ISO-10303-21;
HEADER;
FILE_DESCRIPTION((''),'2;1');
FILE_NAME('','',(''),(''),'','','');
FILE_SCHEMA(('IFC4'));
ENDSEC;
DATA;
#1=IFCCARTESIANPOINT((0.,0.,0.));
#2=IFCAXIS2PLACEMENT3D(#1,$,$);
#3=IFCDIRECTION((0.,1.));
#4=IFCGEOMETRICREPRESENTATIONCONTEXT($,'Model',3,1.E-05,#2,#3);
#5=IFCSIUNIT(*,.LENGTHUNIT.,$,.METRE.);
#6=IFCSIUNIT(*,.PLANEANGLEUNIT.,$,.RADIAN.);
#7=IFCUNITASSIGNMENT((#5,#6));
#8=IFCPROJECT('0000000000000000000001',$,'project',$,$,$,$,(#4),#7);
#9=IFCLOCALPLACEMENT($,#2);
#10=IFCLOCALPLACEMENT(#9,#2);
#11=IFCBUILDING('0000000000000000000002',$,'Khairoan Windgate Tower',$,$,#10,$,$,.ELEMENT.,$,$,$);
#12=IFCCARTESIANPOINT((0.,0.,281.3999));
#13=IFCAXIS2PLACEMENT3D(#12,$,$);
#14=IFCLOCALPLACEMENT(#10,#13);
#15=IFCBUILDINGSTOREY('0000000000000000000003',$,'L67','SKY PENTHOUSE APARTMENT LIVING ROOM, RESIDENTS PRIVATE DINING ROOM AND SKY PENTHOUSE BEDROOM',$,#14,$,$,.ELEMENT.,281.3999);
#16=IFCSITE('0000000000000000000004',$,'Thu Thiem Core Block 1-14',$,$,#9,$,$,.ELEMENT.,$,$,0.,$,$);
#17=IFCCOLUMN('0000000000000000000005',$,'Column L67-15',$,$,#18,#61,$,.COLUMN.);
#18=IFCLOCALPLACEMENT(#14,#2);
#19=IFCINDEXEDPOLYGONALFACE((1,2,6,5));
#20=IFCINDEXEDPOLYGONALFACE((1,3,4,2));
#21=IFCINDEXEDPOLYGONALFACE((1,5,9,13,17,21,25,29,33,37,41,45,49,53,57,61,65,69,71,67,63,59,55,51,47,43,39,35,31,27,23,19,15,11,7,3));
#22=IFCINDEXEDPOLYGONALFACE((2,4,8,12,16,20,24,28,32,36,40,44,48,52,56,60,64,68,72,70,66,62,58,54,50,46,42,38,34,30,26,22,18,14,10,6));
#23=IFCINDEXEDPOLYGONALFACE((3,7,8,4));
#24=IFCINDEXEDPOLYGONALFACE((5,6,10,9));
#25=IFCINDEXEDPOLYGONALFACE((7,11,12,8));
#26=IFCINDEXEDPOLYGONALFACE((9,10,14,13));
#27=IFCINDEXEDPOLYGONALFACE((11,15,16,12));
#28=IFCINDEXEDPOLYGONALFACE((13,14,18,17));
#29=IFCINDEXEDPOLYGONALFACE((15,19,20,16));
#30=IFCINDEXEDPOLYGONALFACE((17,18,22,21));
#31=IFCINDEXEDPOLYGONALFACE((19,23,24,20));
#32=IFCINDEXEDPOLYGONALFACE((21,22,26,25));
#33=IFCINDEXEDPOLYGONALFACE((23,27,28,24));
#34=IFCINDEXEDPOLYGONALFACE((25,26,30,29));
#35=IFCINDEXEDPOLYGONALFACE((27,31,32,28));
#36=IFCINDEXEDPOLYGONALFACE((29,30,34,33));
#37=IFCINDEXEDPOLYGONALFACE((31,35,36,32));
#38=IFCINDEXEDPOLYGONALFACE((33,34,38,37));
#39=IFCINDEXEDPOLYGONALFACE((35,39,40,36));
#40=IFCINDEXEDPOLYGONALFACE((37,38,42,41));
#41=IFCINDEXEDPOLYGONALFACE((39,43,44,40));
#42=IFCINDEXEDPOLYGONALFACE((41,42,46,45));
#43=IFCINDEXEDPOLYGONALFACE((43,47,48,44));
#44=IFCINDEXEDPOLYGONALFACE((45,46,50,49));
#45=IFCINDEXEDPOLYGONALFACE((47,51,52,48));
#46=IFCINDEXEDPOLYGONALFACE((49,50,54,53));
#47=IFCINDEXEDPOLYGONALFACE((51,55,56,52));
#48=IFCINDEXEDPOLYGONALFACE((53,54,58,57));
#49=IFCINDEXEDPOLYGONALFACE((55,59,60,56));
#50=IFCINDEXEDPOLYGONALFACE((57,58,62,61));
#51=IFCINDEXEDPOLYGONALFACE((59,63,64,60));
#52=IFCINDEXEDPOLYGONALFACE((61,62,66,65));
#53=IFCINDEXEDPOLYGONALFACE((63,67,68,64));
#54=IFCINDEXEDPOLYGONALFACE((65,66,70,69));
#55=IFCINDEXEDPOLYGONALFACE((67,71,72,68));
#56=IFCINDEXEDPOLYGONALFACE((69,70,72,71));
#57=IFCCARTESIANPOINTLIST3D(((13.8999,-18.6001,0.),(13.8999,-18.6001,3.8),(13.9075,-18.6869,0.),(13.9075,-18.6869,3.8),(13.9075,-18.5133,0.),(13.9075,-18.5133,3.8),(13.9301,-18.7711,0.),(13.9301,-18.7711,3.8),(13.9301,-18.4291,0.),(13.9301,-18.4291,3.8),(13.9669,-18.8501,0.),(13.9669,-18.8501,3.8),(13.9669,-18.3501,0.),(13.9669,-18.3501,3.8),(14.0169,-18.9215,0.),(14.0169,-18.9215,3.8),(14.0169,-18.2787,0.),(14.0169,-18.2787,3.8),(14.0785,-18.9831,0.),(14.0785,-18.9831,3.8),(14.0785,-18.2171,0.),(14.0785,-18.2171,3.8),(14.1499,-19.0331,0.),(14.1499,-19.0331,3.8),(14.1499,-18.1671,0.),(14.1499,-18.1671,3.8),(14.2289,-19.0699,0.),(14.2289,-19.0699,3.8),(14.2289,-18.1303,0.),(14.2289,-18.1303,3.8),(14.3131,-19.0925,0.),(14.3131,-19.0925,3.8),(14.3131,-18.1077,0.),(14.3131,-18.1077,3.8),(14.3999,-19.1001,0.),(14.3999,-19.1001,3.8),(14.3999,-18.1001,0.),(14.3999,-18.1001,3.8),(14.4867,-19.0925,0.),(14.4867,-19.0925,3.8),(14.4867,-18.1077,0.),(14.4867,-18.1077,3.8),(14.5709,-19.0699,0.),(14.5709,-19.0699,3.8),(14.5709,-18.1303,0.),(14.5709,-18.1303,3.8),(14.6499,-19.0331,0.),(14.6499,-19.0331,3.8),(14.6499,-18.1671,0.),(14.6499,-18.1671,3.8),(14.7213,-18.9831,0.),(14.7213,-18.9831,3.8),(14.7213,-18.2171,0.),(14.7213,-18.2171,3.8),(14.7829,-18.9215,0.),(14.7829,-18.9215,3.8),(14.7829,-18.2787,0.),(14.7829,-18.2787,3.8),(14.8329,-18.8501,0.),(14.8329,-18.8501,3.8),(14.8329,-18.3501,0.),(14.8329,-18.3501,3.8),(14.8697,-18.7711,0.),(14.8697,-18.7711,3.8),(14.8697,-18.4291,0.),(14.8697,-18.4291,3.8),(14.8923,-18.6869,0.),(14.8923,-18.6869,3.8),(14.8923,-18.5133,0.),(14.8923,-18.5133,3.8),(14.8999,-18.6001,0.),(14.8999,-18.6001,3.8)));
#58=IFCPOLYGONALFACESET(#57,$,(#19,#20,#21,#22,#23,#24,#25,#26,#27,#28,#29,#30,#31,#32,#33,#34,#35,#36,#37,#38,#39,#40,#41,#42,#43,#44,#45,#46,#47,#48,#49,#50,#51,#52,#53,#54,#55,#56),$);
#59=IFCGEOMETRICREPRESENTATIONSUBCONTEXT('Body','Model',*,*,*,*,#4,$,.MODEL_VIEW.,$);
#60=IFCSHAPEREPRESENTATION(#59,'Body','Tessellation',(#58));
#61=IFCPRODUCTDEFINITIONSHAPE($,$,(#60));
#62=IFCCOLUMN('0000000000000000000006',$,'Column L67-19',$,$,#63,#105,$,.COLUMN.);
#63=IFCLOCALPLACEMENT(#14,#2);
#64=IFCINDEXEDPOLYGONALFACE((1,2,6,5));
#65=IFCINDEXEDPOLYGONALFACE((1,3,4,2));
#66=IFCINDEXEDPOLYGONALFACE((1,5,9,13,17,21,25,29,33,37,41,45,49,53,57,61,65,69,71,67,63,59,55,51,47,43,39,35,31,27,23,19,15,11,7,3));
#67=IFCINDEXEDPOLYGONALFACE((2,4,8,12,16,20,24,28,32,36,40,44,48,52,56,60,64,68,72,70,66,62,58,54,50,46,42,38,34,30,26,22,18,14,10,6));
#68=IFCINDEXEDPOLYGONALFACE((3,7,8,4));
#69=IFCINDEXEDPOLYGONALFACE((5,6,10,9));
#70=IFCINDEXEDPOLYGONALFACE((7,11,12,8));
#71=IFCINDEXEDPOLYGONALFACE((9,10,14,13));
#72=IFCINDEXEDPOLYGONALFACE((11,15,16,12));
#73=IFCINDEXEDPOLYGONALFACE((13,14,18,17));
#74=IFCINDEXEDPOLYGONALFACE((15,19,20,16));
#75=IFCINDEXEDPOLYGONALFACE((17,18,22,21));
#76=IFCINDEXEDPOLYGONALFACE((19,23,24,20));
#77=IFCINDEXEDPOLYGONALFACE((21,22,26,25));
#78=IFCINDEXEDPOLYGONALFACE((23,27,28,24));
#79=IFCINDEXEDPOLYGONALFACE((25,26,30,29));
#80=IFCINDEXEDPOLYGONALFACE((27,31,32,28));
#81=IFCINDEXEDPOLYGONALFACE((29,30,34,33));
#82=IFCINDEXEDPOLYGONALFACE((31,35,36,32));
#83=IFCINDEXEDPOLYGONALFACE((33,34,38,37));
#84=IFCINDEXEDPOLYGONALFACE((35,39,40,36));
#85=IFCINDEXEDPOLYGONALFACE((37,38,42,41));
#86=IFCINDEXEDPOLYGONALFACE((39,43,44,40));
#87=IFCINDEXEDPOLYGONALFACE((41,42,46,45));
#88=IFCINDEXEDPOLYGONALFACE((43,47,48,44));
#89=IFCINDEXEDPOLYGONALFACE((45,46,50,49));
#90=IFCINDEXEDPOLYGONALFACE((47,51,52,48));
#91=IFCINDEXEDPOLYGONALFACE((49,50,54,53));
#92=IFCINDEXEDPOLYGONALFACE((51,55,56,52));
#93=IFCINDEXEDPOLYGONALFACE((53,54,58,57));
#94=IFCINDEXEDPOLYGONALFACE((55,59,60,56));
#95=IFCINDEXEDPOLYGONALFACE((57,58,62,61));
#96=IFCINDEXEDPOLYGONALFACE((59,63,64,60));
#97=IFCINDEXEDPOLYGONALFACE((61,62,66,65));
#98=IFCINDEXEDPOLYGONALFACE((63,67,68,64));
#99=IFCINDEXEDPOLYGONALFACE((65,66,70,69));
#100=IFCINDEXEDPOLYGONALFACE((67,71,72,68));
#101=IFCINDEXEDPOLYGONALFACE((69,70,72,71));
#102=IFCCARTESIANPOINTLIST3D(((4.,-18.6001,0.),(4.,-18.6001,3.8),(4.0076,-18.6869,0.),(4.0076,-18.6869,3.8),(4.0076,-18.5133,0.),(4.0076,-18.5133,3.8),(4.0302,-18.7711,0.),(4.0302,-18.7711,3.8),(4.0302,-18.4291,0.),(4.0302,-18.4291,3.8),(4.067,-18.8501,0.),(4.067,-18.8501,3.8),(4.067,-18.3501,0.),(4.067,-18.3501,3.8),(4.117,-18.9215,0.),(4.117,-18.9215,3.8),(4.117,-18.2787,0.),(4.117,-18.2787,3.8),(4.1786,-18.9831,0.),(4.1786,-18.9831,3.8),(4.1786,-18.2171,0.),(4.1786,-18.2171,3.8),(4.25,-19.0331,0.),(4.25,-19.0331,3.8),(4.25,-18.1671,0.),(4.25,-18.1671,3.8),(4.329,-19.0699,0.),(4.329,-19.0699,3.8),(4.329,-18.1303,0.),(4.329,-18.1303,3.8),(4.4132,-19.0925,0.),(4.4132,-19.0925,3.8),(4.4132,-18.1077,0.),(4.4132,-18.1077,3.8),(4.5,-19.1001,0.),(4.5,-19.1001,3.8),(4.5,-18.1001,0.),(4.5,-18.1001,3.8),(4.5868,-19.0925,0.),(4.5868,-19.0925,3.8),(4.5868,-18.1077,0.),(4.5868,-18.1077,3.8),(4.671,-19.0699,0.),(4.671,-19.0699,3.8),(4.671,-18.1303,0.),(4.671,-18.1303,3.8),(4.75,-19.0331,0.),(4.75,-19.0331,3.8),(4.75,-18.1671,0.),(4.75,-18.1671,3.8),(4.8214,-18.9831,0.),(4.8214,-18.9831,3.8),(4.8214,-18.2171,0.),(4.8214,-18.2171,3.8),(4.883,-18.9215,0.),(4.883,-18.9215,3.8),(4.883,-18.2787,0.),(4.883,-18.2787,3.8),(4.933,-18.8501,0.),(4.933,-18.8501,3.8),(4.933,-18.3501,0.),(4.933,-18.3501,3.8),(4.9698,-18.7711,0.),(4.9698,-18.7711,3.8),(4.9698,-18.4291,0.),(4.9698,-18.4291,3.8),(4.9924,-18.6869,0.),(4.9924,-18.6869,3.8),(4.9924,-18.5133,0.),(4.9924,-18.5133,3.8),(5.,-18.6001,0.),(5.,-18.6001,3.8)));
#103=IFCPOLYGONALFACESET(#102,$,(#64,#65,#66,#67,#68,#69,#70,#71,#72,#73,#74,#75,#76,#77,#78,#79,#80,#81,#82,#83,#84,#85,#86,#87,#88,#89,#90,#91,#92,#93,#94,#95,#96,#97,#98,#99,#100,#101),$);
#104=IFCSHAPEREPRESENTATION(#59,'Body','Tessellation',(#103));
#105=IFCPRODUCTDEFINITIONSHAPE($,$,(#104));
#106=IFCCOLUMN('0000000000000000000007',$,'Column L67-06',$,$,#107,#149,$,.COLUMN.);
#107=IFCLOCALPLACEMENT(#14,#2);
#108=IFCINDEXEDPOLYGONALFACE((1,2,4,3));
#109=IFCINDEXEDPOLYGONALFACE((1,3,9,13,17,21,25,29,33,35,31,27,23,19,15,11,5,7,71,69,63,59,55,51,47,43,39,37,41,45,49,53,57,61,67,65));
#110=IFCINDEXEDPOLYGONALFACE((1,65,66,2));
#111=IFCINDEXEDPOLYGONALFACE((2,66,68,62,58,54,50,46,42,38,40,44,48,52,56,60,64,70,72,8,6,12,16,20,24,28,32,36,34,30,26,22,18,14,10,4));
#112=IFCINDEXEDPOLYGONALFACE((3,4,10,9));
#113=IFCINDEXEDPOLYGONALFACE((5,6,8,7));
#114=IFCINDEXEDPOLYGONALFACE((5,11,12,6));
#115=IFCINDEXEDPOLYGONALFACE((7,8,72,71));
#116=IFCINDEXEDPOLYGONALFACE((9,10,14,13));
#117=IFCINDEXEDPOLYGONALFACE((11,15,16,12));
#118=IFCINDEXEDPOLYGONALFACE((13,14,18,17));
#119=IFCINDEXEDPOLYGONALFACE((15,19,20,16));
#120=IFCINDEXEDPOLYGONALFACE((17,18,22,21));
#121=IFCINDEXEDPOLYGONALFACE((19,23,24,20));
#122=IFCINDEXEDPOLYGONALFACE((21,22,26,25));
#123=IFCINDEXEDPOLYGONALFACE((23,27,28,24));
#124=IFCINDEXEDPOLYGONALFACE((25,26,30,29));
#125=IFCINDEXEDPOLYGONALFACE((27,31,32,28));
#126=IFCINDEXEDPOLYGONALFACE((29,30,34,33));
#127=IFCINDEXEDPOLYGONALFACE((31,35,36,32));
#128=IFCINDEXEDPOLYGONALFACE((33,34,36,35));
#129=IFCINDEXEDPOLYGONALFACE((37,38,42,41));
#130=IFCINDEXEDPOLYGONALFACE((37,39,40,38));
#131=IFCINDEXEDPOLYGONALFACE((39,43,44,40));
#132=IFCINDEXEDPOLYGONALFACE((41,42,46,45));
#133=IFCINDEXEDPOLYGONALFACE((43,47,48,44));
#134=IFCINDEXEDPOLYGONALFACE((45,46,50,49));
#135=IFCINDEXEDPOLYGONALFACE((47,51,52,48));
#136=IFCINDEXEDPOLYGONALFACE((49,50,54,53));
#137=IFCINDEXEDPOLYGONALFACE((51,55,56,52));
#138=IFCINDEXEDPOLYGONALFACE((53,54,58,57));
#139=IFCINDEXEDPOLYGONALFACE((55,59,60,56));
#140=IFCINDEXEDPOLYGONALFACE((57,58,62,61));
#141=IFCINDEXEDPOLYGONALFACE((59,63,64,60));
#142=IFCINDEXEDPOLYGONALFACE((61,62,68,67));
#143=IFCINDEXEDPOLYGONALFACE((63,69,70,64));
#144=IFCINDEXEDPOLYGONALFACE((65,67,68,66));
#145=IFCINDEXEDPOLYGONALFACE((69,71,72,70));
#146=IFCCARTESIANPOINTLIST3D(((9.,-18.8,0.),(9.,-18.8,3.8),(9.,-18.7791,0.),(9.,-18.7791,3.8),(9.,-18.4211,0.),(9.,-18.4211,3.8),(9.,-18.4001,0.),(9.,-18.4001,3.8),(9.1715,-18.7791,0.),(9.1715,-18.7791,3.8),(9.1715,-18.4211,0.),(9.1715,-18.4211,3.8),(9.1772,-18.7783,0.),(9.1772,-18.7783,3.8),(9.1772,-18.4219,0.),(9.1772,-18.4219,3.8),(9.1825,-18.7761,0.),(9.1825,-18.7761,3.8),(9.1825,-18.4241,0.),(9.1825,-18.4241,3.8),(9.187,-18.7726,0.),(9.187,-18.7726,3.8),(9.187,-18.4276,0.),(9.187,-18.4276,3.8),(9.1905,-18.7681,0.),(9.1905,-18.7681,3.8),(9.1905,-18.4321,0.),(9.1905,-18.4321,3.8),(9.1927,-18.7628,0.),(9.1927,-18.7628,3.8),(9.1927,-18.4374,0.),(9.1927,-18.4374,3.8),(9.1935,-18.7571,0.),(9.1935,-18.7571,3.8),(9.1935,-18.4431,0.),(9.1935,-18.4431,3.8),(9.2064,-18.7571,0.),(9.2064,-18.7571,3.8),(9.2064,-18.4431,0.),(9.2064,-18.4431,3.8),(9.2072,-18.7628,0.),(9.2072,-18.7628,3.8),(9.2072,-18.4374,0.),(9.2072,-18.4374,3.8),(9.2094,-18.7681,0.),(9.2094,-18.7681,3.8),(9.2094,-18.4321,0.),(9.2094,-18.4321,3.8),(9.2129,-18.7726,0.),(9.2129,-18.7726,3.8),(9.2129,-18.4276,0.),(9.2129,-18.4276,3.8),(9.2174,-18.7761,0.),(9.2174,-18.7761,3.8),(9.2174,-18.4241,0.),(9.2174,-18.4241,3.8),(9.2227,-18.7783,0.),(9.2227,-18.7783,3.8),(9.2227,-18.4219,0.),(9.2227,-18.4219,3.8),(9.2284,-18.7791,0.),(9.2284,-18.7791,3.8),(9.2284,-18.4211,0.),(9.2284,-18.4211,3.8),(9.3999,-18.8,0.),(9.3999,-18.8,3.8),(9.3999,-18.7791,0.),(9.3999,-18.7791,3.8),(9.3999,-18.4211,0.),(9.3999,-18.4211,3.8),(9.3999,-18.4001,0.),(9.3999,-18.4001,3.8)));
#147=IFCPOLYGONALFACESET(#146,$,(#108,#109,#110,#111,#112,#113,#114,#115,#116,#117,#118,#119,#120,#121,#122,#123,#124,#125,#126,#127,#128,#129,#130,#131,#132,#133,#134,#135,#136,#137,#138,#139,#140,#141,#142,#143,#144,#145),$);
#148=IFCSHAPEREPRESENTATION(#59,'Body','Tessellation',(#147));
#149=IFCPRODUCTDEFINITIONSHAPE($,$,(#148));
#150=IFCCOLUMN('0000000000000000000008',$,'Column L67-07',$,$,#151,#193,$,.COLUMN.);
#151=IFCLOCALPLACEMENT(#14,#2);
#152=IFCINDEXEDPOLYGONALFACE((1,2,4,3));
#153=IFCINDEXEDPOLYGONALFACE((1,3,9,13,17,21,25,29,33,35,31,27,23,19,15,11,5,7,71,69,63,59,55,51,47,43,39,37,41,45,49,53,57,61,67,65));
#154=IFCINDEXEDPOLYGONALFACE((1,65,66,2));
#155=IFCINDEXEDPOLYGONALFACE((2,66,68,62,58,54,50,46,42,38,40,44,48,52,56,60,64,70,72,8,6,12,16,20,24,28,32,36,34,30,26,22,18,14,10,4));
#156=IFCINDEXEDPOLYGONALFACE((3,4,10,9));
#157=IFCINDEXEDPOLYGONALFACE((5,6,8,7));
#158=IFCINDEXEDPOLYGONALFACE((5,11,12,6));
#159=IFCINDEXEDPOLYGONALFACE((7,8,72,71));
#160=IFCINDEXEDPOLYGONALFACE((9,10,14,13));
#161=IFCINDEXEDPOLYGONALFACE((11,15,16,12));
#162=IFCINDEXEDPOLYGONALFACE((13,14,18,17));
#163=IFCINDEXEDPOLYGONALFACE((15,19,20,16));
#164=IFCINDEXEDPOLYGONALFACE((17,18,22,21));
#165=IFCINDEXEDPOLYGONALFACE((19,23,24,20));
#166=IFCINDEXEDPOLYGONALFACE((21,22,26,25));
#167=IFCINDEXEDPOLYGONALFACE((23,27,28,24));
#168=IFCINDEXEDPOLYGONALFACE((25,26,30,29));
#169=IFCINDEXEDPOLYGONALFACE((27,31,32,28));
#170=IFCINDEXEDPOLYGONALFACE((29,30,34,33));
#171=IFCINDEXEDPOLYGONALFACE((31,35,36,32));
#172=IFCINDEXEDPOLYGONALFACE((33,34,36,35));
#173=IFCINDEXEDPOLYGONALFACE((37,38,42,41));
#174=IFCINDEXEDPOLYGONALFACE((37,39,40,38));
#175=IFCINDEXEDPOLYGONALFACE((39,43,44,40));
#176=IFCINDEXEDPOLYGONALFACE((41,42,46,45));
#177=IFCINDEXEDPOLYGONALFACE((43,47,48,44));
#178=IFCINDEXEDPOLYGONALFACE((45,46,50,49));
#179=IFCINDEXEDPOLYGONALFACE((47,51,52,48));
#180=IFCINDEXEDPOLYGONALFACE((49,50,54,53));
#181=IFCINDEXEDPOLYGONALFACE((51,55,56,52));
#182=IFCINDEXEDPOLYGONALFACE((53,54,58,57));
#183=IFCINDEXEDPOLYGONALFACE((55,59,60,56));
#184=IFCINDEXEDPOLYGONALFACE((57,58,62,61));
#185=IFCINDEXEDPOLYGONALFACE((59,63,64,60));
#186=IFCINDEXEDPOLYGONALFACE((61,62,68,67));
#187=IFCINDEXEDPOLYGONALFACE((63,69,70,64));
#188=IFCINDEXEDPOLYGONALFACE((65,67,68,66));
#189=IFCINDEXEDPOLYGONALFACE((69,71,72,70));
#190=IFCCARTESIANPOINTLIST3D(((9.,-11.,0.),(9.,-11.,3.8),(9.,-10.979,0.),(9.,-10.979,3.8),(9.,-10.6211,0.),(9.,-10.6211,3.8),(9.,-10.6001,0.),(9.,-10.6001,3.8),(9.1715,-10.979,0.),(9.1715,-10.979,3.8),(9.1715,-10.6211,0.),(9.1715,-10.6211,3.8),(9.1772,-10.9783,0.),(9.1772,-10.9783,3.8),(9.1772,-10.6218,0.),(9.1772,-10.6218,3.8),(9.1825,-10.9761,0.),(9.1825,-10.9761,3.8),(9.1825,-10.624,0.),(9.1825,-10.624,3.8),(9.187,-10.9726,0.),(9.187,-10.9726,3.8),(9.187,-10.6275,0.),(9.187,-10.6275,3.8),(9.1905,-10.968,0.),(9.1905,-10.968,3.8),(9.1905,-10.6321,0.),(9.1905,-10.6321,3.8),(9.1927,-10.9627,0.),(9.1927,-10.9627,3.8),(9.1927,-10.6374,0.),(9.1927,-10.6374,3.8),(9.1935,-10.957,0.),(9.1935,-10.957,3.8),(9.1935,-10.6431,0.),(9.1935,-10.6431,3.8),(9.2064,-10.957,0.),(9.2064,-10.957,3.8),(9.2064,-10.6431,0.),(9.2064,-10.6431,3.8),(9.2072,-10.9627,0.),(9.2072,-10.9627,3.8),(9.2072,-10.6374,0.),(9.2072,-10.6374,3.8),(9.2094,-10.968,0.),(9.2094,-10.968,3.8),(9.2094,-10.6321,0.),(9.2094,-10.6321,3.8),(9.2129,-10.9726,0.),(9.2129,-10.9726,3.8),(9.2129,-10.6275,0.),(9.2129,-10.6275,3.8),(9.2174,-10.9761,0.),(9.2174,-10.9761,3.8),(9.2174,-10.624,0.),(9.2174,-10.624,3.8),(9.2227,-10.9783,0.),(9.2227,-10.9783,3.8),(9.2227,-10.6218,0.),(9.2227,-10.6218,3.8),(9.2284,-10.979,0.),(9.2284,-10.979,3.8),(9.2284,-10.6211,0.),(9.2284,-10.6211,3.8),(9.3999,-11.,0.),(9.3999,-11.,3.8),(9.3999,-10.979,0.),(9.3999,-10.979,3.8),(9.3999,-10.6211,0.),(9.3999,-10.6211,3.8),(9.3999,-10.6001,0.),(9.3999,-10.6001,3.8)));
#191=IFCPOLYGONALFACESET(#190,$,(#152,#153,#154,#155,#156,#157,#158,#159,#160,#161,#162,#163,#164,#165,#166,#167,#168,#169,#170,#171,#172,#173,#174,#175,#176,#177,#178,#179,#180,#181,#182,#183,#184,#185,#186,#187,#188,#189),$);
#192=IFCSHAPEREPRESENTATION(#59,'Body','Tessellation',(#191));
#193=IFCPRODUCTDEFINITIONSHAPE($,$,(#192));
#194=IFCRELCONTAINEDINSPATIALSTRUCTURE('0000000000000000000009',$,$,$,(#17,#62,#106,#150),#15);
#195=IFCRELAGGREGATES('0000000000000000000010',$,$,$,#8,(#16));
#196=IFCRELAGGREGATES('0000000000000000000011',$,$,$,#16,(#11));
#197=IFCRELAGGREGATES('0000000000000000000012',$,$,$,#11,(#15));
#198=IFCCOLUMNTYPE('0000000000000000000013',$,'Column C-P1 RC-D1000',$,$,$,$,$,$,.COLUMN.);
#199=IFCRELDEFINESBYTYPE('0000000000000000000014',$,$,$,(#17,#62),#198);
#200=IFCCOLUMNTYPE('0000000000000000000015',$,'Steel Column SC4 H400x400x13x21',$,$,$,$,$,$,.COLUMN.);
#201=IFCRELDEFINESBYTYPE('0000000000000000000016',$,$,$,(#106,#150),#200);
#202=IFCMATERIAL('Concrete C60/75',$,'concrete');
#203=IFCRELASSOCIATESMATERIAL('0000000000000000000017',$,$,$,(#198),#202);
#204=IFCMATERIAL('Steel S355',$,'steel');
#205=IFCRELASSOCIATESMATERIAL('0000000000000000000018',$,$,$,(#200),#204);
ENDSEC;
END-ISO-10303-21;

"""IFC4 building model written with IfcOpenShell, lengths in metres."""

from ifc_helpers import new_model, si_unit, direction, frame, origin, origin_2d, place, context, subcontext, project, spatial, circle, i_section, extrude, material, material_profile, profile_set, type_object, element, save


model = new_model("IFC4")

# Units and contexts
model_context = context("Model", 3, precision=1e-05, world=origin(), true_north=direction((0.0, 1.0)))
body_context = subcontext(model_context, "Body", "Model", "MODEL_VIEW")
ifc_project = project(units=[si_unit("LENGTHUNIT", "METRE"), si_unit("PLANEANGLEUNIT", "RADIAN")], contexts=[model_context])

# Site, building, storey
site_placement = place(None, origin())
site = spatial("IfcSite", under=ifc_project, at=site_placement, Name="Thu Thiem Core Block 1-14", CompositionType="ELEMENT", RefElevation=0.0)
building_placement = place(site_placement, origin())
building = spatial("IfcBuilding", under=site, at=building_placement, Name="Khairoan Windgate Tower", CompositionType="ELEMENT")
storey_placement = place(building_placement, frame((0.0, 0.0, 281.3999)))
storey = spatial("IfcBuildingStorey", under=building, at=storey_placement, Name="L67", Description="SKY PENTHOUSE APARTMENT LIVING ROOM, RESIDENTS PRIVATE DINING ROOM AND SKY PENTHOUSE BEDROOM", CompositionType="ELEMENT", Elevation=281.3999)

# Columns
ifc_material_1 = material(Name="Concrete C60/75", Category="concrete")
ifc_material_profile_1 = material_profile(ifc_material_1, circle(Radius=0.5, at=origin_2d()))
ifc_profile_set_1 = profile_set([ifc_material_profile_1], Name="Concrete C60/75")
column_type_1 = type_object("IfcColumnType", Name="Column C-P1 RC-D1000", PredefinedType="COLUMN", material=ifc_profile_set_1)
for number, where, z_axis, x_axis, name in (
    (1, (14.3999, -18.6001, 0.0), (0.0, 0.0, 1.0), (1.0, 0.0, 0.0), "Column L67-15"),
    (2, (4.5, -18.6001, 0.0), (0.0, 0.0, 1.0), (1.0, 0.0, 0.0), "Column L67-19"),
):
    element("IfcColumn", number, at=place(storey_placement, frame(where, z_axis=z_axis, x_axis=x_axis)), inside=storey, type_object=column_type_1, Name=name, PredefinedType="COLUMN", context=body_context, shape_type="SweptSolid", body=[
        extrude(circle(Radius=0.5, at=origin_2d()), origin(), (0.0, 0.0, 1.0), 3.8),
    ])
ifc_material_2 = material(Name="Steel S355", Category="steel")
ifc_material_profile_2 = material_profile(ifc_material_2, i_section(OverallWidth=0.3999, OverallDepth=0.3999, WebThickness=0.0129, FlangeThickness=0.021, FilletRadius=0.022, at=origin_2d()))
ifc_profile_set_2 = profile_set([ifc_material_profile_2], Name="Steel S355")
column_type_2 = type_object("IfcColumnType", Name="Steel Column SC4 H400x400x13x21", PredefinedType="COLUMN", material=ifc_profile_set_2)
for number, where, z_axis, x_axis, name in (
    (3, (9.2, -18.6001, 0.0), (0.0, 0.0, 1.0), (1.0, 0.0, 0.0), "Column L67-06"),
    (4, (9.2, -10.8, 0.0), (0.0, 0.0, 1.0), (1.0, 0.0, 0.0), "Column L67-07"),
):
    element("IfcColumn", number, at=place(storey_placement, frame(where, z_axis=z_axis, x_axis=x_axis)), inside=storey, type_object=column_type_2, Name=name, PredefinedType="COLUMN", context=body_context, shape_type="SweptSolid", body=[
        extrude(i_section(OverallWidth=0.3999, OverallDepth=0.3999, WebThickness=0.0129, FlangeThickness=0.021, FilletRadius=0.022, at=origin_2d()), origin(), (0.0, 0.0, 1.0), 3.8),
    ])

save(model, "model.ifc")
